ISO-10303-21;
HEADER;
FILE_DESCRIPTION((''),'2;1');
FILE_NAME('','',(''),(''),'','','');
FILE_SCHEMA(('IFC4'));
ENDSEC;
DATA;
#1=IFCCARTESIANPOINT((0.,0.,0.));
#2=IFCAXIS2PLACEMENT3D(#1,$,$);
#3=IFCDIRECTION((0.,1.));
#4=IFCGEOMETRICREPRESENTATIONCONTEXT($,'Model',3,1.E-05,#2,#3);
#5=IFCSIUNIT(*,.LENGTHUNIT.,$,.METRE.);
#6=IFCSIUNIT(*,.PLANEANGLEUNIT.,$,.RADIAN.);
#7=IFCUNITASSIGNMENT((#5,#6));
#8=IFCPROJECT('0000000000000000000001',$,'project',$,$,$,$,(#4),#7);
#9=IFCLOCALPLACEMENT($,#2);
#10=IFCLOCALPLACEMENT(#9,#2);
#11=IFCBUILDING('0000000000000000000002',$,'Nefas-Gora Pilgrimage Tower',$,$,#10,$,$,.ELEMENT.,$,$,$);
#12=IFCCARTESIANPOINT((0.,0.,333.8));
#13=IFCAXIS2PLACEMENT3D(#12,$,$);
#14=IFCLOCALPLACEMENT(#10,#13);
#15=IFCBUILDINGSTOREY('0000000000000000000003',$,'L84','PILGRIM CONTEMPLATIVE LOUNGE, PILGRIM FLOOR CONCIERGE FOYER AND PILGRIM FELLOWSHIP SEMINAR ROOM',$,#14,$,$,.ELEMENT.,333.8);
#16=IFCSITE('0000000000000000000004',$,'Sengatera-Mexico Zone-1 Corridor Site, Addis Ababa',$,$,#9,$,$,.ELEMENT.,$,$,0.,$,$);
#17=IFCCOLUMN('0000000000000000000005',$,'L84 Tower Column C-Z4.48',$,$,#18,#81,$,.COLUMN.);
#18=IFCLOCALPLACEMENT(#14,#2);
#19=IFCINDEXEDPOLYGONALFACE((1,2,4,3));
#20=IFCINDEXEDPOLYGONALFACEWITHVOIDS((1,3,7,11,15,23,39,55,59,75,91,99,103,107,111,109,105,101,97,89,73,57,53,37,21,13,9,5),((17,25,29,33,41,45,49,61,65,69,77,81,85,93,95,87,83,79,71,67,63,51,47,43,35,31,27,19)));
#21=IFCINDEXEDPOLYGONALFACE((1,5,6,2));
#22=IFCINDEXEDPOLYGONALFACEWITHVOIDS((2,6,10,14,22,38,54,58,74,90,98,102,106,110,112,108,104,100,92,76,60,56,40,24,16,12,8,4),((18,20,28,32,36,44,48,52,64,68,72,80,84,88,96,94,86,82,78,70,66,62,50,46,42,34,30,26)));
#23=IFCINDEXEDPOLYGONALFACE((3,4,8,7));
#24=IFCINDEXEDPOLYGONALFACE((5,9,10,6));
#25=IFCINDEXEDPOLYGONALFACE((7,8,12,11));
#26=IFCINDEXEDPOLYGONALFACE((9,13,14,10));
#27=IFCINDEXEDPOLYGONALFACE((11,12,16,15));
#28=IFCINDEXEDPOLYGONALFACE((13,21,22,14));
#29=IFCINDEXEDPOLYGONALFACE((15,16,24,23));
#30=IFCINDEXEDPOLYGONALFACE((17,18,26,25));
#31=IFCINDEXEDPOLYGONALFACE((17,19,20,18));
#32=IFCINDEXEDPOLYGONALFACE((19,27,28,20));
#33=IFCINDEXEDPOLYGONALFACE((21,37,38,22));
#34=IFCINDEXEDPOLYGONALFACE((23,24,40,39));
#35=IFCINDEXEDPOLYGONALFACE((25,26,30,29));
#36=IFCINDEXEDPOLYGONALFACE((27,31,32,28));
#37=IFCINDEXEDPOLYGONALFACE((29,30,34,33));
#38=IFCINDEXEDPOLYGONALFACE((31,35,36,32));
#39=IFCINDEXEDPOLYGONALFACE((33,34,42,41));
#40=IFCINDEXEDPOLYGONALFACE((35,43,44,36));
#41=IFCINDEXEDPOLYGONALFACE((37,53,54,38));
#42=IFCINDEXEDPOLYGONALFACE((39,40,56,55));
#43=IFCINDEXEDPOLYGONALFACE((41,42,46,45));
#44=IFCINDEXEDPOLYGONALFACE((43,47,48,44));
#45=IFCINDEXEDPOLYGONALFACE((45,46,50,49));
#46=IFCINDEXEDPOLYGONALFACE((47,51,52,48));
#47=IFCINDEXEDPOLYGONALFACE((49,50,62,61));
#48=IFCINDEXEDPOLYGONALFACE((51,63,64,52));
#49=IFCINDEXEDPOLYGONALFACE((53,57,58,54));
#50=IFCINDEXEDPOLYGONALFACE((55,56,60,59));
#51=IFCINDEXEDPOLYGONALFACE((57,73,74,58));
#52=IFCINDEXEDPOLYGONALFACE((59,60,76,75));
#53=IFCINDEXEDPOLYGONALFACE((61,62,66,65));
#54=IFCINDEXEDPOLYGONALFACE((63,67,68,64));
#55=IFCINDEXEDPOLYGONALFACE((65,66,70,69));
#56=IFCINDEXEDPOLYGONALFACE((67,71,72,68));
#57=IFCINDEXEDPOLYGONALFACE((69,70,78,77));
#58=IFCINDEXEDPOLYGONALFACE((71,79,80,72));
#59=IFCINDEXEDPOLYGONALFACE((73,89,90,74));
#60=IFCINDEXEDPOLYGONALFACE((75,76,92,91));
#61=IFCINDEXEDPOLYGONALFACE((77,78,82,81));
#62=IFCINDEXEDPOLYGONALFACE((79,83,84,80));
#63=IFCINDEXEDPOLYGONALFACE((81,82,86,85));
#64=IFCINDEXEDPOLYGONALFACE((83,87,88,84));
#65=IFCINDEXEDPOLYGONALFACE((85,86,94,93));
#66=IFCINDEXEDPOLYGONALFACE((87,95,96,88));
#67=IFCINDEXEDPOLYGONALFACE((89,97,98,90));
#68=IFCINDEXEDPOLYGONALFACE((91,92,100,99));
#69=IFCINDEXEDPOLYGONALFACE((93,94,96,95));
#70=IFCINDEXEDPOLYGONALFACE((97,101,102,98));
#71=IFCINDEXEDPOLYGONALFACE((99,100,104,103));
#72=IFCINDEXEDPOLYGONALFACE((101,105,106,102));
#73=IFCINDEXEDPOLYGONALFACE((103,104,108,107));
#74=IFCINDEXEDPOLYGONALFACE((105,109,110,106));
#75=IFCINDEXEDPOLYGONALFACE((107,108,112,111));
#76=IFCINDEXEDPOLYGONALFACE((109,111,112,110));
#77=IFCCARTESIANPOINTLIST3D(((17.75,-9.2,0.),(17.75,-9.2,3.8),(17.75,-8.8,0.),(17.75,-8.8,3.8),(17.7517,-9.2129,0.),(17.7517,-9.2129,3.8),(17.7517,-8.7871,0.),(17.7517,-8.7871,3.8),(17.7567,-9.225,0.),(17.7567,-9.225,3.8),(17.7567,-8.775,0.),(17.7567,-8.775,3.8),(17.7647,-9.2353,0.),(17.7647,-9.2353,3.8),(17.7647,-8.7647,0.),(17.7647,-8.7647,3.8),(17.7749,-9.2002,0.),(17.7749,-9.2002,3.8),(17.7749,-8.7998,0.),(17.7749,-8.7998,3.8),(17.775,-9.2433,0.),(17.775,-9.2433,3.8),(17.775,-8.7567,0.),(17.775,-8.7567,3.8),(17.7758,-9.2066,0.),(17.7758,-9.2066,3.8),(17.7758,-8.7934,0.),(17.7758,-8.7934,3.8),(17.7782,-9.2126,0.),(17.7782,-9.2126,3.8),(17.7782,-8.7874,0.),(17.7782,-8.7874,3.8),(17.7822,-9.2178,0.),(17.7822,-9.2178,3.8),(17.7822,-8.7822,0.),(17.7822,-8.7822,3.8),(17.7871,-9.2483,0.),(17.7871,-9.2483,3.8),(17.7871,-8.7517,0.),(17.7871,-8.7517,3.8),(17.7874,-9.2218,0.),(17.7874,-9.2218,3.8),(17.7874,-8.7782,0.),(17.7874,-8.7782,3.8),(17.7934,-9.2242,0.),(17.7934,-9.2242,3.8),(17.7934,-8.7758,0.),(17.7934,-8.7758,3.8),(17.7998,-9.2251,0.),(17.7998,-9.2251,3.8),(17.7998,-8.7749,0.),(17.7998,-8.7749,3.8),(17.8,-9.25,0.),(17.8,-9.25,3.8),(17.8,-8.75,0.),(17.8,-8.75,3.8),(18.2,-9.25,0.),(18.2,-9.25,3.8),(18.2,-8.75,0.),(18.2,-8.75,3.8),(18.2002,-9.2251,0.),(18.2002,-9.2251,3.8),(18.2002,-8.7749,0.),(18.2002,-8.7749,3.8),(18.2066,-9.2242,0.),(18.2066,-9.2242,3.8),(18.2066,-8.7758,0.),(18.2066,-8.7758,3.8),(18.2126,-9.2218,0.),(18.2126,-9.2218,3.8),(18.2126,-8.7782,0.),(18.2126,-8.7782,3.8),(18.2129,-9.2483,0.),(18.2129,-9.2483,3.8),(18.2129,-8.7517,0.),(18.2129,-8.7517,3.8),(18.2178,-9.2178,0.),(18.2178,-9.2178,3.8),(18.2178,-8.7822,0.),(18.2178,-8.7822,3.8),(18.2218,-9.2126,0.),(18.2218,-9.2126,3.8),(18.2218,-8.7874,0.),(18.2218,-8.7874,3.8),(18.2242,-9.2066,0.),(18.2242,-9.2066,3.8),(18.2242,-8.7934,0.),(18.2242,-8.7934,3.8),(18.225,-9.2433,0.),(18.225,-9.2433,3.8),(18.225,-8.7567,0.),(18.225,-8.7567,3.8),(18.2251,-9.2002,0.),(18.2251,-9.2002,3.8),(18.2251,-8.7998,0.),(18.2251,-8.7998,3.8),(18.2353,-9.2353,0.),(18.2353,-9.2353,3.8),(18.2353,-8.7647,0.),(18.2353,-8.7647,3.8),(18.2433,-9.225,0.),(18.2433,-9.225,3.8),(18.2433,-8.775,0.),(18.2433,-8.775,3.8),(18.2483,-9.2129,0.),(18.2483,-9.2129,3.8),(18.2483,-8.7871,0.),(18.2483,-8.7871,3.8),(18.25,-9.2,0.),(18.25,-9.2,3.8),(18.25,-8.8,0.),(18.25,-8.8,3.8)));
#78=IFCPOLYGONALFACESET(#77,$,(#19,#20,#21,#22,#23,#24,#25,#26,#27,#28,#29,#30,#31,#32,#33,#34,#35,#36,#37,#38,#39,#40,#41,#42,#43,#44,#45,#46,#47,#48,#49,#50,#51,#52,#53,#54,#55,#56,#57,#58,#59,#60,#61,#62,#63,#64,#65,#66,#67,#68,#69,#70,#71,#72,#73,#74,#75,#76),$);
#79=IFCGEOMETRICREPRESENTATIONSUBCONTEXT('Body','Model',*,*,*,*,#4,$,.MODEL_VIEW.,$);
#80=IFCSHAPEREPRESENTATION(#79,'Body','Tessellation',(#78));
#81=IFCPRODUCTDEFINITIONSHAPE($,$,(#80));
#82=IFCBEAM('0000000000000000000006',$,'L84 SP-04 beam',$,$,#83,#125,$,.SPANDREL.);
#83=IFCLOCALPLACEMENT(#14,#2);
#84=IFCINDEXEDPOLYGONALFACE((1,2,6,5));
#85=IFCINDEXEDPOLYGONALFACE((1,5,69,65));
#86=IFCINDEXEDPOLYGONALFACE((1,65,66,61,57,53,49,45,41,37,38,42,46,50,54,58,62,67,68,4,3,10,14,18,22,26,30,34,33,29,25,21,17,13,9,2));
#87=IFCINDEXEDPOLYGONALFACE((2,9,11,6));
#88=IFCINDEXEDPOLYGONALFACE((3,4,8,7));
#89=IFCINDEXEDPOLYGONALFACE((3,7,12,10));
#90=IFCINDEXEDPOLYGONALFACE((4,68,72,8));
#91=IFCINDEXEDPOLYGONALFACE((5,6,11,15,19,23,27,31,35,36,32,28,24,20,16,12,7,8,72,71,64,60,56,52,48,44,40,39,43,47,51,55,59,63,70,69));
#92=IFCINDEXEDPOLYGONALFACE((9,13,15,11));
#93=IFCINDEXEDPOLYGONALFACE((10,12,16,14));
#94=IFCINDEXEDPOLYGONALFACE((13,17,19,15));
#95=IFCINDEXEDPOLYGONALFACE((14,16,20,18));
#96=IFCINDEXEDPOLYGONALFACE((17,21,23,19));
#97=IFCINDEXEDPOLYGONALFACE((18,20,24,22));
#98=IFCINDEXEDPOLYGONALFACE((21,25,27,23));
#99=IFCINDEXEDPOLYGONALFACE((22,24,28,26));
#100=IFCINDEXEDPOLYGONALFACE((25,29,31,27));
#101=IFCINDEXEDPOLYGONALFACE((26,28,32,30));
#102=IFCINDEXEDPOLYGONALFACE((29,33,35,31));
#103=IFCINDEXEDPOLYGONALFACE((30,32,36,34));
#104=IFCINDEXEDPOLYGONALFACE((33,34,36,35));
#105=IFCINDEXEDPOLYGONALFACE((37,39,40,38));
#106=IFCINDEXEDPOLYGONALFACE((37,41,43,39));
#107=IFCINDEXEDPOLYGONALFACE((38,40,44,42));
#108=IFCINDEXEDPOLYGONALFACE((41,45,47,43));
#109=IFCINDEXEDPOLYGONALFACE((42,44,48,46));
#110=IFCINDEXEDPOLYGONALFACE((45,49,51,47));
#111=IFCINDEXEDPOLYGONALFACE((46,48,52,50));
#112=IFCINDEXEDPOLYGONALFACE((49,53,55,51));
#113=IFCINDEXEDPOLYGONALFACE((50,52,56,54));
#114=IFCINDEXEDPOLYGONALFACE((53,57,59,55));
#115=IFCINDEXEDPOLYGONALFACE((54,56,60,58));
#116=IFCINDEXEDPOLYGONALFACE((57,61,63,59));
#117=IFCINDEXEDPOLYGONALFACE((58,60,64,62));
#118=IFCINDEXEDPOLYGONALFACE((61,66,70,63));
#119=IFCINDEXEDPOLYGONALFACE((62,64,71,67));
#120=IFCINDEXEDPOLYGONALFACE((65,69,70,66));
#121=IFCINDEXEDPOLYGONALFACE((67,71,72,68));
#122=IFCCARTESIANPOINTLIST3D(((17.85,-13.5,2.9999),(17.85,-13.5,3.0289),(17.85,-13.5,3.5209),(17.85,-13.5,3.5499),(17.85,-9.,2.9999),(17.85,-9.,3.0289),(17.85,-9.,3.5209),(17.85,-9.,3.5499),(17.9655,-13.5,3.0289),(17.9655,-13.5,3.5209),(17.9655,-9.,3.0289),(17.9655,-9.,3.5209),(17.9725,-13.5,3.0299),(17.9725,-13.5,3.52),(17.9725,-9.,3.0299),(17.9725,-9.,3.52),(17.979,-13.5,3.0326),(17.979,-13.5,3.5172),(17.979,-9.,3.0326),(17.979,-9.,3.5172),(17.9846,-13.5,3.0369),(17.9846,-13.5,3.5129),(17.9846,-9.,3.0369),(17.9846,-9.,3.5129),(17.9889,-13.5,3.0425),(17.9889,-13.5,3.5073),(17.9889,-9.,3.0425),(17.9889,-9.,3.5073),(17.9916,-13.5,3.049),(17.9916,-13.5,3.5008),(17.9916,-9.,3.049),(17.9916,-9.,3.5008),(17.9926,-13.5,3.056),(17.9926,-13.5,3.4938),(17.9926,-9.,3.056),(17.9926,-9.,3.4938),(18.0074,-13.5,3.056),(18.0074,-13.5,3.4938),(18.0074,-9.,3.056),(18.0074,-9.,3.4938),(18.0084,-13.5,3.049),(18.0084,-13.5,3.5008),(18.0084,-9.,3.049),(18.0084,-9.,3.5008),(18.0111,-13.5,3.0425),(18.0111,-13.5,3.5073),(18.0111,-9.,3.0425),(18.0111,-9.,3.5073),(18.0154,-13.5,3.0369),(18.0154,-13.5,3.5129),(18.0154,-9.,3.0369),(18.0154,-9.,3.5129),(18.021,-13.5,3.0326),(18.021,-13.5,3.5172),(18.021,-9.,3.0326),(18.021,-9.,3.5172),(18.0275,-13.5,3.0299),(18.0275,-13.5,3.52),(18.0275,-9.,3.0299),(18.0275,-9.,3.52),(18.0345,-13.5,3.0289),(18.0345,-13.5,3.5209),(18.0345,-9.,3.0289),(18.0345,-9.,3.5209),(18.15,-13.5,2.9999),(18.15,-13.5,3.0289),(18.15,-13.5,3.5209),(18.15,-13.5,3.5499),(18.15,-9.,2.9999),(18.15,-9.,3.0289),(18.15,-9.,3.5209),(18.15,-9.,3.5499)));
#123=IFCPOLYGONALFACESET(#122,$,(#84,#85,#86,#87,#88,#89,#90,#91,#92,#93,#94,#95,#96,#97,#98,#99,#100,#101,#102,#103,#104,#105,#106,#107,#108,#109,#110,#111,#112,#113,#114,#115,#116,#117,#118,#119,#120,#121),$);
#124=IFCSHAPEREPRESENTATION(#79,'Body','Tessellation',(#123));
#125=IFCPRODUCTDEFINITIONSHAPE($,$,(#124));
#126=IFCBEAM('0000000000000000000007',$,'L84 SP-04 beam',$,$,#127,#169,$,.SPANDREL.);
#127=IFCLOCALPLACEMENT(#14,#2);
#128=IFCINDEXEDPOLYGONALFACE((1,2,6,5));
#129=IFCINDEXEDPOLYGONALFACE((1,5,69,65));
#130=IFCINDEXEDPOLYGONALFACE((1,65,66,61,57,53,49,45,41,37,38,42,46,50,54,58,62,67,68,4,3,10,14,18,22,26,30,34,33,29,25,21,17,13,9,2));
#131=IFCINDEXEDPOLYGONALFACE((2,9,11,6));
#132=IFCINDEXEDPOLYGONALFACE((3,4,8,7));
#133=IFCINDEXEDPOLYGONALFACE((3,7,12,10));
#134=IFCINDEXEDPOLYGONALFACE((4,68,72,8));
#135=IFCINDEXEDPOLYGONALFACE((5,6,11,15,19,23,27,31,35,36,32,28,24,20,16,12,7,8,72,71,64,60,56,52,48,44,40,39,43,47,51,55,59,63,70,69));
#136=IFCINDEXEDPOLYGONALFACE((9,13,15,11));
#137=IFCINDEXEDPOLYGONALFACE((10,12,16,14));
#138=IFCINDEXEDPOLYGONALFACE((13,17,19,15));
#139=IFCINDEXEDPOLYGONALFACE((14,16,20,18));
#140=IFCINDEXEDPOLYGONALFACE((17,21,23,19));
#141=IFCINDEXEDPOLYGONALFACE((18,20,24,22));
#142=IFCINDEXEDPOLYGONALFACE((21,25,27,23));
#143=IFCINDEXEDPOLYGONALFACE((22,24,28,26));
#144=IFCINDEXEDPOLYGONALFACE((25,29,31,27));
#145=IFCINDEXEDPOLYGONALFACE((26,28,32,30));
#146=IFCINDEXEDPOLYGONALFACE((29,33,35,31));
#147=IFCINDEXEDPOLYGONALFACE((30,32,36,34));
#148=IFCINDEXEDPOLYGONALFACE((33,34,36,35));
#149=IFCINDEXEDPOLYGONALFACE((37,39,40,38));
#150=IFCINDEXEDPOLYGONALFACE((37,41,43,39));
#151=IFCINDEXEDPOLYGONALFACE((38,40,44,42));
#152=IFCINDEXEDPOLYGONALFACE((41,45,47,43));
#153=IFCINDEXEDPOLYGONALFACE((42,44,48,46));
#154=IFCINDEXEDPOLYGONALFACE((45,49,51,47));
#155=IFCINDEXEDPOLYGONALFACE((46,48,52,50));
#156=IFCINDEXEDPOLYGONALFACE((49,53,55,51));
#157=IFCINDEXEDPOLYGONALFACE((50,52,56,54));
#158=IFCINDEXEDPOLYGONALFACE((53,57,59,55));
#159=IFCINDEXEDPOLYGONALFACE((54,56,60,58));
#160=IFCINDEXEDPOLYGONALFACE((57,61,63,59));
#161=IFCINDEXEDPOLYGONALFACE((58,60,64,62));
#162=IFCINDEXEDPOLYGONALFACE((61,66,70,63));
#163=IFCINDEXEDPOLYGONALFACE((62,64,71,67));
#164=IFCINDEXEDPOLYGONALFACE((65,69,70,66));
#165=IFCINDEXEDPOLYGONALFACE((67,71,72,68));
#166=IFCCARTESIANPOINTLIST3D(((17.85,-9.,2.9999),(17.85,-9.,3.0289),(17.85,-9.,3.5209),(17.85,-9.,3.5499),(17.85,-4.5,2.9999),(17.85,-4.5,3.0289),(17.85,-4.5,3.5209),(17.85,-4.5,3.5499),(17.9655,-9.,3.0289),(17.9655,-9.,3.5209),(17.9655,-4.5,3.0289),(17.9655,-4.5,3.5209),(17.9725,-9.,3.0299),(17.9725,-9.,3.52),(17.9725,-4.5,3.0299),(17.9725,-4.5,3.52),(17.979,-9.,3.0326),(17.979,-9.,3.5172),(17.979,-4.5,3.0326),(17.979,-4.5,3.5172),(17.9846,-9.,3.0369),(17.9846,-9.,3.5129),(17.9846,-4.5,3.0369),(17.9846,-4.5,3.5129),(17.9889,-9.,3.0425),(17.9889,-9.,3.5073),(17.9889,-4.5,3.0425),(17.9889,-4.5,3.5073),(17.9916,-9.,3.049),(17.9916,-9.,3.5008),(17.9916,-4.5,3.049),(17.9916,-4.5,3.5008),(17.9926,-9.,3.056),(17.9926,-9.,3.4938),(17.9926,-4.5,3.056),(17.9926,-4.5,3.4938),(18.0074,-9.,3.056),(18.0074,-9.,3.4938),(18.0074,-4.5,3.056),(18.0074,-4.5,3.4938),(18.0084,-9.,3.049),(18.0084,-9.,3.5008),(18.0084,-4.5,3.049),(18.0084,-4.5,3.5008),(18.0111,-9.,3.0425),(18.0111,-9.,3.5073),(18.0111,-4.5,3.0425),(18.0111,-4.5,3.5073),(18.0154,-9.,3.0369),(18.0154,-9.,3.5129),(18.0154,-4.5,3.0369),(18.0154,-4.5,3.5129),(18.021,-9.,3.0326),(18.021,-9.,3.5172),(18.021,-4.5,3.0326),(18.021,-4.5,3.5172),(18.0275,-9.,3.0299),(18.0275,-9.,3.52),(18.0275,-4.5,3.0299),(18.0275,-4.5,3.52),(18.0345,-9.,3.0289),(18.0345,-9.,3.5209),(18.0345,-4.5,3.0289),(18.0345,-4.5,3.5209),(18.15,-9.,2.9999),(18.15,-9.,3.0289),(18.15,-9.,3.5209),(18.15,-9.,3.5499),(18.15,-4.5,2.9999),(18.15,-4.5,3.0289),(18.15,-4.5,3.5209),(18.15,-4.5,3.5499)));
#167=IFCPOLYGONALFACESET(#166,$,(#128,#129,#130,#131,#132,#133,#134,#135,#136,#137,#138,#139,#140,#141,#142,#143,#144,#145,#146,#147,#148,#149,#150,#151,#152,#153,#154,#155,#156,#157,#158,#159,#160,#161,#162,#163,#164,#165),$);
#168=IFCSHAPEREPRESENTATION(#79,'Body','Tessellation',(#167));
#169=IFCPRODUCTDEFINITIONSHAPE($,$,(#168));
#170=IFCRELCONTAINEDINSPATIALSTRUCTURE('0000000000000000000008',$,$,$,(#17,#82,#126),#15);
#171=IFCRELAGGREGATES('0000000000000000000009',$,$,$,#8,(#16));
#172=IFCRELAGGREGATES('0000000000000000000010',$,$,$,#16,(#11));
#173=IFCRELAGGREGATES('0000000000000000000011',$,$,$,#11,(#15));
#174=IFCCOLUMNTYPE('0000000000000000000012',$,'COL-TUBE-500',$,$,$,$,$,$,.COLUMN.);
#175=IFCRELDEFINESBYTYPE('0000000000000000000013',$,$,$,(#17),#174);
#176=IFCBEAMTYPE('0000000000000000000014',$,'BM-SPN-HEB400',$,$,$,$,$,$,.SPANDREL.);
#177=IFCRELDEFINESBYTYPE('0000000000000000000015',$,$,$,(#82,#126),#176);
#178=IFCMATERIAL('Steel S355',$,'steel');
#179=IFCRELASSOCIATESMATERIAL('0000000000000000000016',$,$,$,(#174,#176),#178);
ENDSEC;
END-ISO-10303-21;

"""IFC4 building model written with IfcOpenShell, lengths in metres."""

from ifc_helpers import new_model, si_unit, direction, frame, origin, origin_2d, place, context, subcontext, project, spatial, hollow_rectangle, i_section, extrude, source, transform, mapped, material, material_profile, profile_set, type_object, element, save


model = new_model("IFC4")

# Units and contexts
model_context = context("Model", 3, precision=1e-05, world=origin(), true_north=direction((0.0, 1.0)))
body_context = subcontext(model_context, "Body", "Model", "MODEL_VIEW")
ifc_project = project(units=[si_unit("LENGTHUNIT", "METRE"), si_unit("PLANEANGLEUNIT", "RADIAN")], contexts=[model_context])

# Site, building, storey
site_placement = place(None, origin())
site = spatial("IfcSite", under=ifc_project, at=site_placement, Name="Sengatera-Mexico Zone-1 Corridor Site, Addis Ababa", CompositionType="ELEMENT", RefElevation=0.0)
building_placement = place(site_placement, origin())
building = spatial("IfcBuilding", under=site, at=building_placement, Name="Nefas-Gora Pilgrimage Tower", CompositionType="ELEMENT")
storey_placement = place(building_placement, frame((0.0, 0.0, 333.8)))
storey = spatial("IfcBuildingStorey", under=building, at=storey_placement, Name="L84", Description="PILGRIM CONTEMPLATIVE LOUNGE, PILGRIM FLOOR CONCIERGE FOYER AND PILGRIM FELLOWSHIP SEMINAR ROOM", CompositionType="ELEMENT", Elevation=333.8)

# Column
ifc_material_1 = material(Name="Steel S355", Category="steel")
ifc_material_profile_1 = material_profile(ifc_material_1, hollow_rectangle(XDim=0.5, YDim=0.5, WallThickness=0.0249, InnerFilletRadius=0.0249, OuterFilletRadius=0.05, at=origin_2d()), Name="SHS 500x500x25")
ifc_profile_set_1 = profile_set([ifc_material_profile_1], Name="Steel S355")
column_type_1 = type_object("IfcColumnType", Name="COL-TUBE-500", PredefinedType="COLUMN", material=ifc_profile_set_1)
shared_shape_1 = source(origin(), body_context, "Body", "SweptSolid", [
    extrude(hollow_rectangle(XDim=0.5, YDim=0.5, WallThickness=0.0249, InnerFilletRadius=0.0249, OuterFilletRadius=0.05, at=origin_2d()), origin(), (0.0, 0.0, 1.0), 3.8),
])
for number, where, z_axis, x_axis, name in (
    (1, (18.0, -9.0, 0.0), (0.0, 0.0, 1.0), (1.0, 0.0, 0.0), "L84 Tower Column C-Z4.48"),
):
    element("IfcColumn", number, at=place(storey_placement, frame(where, z_axis=z_axis, x_axis=x_axis)), inside=storey, type_object=column_type_1, Name=name, PredefinedType="COLUMN", context=body_context, shape_type="MappedRepresentation", body=[
        mapped(shared_shape_1, transform((0.0, 0.0, 0.0), x_axis=(1.0, 0.0, 0.0), y_axis=(0.0, 1.0, 0.0), z_axis=(0.0, 0.0, 1.0), scale=1.0)),
    ])

# Beams
ifc_material_profile_2 = material_profile(ifc_material_1, i_section(OverallWidth=0.3, OverallDepth=0.55, WebThickness=0.0149, FlangeThickness=0.0291, FilletRadius=0.0271, at=origin_2d()), Name="HEB 550")
ifc_profile_set_2 = profile_set([ifc_material_profile_2], Name="Steel S355")
beam_type_1 = type_object("IfcBeamType", Name="BM-SPN-HEB400", PredefinedType="SPANDREL", material=ifc_profile_set_2)
shared_shape_2 = source(origin(), body_context, "Body", "SweptSolid", [
    extrude(i_section(OverallWidth=0.3, OverallDepth=0.55, WebThickness=0.0149, FlangeThickness=0.0291, FilletRadius=0.0271, at=origin_2d()), origin(), (0.0, 0.0, 1.0), 4.5),
])
for number, where, z_axis, x_axis, name in (
    (2, (18.0, -13.5, 3.2749), (0.0, 1.0, 0.0), (-1.0, 0.0, 0.0), "L84 SP-04 beam"),
    (3, (18.0, -9.0, 3.2749), (0.0, 1.0, 0.0), (-1.0, 0.0, 0.0), "L84 SP-04 beam"),
):
    element("IfcBeam", number, at=place(storey_placement, frame(where, z_axis=z_axis, x_axis=x_axis)), inside=storey, type_object=beam_type_1, Name=name, PredefinedType="SPANDREL", context=body_context, shape_type="MappedRepresentation", body=[
        mapped(shared_shape_2, transform((0.0, 0.0, 0.0), x_axis=(1.0, 0.0, 0.0), y_axis=(0.0, 1.0, 0.0), z_axis=(0.0, 0.0, 1.0), scale=1.0)),
    ])

save(model, "model.ifc")
